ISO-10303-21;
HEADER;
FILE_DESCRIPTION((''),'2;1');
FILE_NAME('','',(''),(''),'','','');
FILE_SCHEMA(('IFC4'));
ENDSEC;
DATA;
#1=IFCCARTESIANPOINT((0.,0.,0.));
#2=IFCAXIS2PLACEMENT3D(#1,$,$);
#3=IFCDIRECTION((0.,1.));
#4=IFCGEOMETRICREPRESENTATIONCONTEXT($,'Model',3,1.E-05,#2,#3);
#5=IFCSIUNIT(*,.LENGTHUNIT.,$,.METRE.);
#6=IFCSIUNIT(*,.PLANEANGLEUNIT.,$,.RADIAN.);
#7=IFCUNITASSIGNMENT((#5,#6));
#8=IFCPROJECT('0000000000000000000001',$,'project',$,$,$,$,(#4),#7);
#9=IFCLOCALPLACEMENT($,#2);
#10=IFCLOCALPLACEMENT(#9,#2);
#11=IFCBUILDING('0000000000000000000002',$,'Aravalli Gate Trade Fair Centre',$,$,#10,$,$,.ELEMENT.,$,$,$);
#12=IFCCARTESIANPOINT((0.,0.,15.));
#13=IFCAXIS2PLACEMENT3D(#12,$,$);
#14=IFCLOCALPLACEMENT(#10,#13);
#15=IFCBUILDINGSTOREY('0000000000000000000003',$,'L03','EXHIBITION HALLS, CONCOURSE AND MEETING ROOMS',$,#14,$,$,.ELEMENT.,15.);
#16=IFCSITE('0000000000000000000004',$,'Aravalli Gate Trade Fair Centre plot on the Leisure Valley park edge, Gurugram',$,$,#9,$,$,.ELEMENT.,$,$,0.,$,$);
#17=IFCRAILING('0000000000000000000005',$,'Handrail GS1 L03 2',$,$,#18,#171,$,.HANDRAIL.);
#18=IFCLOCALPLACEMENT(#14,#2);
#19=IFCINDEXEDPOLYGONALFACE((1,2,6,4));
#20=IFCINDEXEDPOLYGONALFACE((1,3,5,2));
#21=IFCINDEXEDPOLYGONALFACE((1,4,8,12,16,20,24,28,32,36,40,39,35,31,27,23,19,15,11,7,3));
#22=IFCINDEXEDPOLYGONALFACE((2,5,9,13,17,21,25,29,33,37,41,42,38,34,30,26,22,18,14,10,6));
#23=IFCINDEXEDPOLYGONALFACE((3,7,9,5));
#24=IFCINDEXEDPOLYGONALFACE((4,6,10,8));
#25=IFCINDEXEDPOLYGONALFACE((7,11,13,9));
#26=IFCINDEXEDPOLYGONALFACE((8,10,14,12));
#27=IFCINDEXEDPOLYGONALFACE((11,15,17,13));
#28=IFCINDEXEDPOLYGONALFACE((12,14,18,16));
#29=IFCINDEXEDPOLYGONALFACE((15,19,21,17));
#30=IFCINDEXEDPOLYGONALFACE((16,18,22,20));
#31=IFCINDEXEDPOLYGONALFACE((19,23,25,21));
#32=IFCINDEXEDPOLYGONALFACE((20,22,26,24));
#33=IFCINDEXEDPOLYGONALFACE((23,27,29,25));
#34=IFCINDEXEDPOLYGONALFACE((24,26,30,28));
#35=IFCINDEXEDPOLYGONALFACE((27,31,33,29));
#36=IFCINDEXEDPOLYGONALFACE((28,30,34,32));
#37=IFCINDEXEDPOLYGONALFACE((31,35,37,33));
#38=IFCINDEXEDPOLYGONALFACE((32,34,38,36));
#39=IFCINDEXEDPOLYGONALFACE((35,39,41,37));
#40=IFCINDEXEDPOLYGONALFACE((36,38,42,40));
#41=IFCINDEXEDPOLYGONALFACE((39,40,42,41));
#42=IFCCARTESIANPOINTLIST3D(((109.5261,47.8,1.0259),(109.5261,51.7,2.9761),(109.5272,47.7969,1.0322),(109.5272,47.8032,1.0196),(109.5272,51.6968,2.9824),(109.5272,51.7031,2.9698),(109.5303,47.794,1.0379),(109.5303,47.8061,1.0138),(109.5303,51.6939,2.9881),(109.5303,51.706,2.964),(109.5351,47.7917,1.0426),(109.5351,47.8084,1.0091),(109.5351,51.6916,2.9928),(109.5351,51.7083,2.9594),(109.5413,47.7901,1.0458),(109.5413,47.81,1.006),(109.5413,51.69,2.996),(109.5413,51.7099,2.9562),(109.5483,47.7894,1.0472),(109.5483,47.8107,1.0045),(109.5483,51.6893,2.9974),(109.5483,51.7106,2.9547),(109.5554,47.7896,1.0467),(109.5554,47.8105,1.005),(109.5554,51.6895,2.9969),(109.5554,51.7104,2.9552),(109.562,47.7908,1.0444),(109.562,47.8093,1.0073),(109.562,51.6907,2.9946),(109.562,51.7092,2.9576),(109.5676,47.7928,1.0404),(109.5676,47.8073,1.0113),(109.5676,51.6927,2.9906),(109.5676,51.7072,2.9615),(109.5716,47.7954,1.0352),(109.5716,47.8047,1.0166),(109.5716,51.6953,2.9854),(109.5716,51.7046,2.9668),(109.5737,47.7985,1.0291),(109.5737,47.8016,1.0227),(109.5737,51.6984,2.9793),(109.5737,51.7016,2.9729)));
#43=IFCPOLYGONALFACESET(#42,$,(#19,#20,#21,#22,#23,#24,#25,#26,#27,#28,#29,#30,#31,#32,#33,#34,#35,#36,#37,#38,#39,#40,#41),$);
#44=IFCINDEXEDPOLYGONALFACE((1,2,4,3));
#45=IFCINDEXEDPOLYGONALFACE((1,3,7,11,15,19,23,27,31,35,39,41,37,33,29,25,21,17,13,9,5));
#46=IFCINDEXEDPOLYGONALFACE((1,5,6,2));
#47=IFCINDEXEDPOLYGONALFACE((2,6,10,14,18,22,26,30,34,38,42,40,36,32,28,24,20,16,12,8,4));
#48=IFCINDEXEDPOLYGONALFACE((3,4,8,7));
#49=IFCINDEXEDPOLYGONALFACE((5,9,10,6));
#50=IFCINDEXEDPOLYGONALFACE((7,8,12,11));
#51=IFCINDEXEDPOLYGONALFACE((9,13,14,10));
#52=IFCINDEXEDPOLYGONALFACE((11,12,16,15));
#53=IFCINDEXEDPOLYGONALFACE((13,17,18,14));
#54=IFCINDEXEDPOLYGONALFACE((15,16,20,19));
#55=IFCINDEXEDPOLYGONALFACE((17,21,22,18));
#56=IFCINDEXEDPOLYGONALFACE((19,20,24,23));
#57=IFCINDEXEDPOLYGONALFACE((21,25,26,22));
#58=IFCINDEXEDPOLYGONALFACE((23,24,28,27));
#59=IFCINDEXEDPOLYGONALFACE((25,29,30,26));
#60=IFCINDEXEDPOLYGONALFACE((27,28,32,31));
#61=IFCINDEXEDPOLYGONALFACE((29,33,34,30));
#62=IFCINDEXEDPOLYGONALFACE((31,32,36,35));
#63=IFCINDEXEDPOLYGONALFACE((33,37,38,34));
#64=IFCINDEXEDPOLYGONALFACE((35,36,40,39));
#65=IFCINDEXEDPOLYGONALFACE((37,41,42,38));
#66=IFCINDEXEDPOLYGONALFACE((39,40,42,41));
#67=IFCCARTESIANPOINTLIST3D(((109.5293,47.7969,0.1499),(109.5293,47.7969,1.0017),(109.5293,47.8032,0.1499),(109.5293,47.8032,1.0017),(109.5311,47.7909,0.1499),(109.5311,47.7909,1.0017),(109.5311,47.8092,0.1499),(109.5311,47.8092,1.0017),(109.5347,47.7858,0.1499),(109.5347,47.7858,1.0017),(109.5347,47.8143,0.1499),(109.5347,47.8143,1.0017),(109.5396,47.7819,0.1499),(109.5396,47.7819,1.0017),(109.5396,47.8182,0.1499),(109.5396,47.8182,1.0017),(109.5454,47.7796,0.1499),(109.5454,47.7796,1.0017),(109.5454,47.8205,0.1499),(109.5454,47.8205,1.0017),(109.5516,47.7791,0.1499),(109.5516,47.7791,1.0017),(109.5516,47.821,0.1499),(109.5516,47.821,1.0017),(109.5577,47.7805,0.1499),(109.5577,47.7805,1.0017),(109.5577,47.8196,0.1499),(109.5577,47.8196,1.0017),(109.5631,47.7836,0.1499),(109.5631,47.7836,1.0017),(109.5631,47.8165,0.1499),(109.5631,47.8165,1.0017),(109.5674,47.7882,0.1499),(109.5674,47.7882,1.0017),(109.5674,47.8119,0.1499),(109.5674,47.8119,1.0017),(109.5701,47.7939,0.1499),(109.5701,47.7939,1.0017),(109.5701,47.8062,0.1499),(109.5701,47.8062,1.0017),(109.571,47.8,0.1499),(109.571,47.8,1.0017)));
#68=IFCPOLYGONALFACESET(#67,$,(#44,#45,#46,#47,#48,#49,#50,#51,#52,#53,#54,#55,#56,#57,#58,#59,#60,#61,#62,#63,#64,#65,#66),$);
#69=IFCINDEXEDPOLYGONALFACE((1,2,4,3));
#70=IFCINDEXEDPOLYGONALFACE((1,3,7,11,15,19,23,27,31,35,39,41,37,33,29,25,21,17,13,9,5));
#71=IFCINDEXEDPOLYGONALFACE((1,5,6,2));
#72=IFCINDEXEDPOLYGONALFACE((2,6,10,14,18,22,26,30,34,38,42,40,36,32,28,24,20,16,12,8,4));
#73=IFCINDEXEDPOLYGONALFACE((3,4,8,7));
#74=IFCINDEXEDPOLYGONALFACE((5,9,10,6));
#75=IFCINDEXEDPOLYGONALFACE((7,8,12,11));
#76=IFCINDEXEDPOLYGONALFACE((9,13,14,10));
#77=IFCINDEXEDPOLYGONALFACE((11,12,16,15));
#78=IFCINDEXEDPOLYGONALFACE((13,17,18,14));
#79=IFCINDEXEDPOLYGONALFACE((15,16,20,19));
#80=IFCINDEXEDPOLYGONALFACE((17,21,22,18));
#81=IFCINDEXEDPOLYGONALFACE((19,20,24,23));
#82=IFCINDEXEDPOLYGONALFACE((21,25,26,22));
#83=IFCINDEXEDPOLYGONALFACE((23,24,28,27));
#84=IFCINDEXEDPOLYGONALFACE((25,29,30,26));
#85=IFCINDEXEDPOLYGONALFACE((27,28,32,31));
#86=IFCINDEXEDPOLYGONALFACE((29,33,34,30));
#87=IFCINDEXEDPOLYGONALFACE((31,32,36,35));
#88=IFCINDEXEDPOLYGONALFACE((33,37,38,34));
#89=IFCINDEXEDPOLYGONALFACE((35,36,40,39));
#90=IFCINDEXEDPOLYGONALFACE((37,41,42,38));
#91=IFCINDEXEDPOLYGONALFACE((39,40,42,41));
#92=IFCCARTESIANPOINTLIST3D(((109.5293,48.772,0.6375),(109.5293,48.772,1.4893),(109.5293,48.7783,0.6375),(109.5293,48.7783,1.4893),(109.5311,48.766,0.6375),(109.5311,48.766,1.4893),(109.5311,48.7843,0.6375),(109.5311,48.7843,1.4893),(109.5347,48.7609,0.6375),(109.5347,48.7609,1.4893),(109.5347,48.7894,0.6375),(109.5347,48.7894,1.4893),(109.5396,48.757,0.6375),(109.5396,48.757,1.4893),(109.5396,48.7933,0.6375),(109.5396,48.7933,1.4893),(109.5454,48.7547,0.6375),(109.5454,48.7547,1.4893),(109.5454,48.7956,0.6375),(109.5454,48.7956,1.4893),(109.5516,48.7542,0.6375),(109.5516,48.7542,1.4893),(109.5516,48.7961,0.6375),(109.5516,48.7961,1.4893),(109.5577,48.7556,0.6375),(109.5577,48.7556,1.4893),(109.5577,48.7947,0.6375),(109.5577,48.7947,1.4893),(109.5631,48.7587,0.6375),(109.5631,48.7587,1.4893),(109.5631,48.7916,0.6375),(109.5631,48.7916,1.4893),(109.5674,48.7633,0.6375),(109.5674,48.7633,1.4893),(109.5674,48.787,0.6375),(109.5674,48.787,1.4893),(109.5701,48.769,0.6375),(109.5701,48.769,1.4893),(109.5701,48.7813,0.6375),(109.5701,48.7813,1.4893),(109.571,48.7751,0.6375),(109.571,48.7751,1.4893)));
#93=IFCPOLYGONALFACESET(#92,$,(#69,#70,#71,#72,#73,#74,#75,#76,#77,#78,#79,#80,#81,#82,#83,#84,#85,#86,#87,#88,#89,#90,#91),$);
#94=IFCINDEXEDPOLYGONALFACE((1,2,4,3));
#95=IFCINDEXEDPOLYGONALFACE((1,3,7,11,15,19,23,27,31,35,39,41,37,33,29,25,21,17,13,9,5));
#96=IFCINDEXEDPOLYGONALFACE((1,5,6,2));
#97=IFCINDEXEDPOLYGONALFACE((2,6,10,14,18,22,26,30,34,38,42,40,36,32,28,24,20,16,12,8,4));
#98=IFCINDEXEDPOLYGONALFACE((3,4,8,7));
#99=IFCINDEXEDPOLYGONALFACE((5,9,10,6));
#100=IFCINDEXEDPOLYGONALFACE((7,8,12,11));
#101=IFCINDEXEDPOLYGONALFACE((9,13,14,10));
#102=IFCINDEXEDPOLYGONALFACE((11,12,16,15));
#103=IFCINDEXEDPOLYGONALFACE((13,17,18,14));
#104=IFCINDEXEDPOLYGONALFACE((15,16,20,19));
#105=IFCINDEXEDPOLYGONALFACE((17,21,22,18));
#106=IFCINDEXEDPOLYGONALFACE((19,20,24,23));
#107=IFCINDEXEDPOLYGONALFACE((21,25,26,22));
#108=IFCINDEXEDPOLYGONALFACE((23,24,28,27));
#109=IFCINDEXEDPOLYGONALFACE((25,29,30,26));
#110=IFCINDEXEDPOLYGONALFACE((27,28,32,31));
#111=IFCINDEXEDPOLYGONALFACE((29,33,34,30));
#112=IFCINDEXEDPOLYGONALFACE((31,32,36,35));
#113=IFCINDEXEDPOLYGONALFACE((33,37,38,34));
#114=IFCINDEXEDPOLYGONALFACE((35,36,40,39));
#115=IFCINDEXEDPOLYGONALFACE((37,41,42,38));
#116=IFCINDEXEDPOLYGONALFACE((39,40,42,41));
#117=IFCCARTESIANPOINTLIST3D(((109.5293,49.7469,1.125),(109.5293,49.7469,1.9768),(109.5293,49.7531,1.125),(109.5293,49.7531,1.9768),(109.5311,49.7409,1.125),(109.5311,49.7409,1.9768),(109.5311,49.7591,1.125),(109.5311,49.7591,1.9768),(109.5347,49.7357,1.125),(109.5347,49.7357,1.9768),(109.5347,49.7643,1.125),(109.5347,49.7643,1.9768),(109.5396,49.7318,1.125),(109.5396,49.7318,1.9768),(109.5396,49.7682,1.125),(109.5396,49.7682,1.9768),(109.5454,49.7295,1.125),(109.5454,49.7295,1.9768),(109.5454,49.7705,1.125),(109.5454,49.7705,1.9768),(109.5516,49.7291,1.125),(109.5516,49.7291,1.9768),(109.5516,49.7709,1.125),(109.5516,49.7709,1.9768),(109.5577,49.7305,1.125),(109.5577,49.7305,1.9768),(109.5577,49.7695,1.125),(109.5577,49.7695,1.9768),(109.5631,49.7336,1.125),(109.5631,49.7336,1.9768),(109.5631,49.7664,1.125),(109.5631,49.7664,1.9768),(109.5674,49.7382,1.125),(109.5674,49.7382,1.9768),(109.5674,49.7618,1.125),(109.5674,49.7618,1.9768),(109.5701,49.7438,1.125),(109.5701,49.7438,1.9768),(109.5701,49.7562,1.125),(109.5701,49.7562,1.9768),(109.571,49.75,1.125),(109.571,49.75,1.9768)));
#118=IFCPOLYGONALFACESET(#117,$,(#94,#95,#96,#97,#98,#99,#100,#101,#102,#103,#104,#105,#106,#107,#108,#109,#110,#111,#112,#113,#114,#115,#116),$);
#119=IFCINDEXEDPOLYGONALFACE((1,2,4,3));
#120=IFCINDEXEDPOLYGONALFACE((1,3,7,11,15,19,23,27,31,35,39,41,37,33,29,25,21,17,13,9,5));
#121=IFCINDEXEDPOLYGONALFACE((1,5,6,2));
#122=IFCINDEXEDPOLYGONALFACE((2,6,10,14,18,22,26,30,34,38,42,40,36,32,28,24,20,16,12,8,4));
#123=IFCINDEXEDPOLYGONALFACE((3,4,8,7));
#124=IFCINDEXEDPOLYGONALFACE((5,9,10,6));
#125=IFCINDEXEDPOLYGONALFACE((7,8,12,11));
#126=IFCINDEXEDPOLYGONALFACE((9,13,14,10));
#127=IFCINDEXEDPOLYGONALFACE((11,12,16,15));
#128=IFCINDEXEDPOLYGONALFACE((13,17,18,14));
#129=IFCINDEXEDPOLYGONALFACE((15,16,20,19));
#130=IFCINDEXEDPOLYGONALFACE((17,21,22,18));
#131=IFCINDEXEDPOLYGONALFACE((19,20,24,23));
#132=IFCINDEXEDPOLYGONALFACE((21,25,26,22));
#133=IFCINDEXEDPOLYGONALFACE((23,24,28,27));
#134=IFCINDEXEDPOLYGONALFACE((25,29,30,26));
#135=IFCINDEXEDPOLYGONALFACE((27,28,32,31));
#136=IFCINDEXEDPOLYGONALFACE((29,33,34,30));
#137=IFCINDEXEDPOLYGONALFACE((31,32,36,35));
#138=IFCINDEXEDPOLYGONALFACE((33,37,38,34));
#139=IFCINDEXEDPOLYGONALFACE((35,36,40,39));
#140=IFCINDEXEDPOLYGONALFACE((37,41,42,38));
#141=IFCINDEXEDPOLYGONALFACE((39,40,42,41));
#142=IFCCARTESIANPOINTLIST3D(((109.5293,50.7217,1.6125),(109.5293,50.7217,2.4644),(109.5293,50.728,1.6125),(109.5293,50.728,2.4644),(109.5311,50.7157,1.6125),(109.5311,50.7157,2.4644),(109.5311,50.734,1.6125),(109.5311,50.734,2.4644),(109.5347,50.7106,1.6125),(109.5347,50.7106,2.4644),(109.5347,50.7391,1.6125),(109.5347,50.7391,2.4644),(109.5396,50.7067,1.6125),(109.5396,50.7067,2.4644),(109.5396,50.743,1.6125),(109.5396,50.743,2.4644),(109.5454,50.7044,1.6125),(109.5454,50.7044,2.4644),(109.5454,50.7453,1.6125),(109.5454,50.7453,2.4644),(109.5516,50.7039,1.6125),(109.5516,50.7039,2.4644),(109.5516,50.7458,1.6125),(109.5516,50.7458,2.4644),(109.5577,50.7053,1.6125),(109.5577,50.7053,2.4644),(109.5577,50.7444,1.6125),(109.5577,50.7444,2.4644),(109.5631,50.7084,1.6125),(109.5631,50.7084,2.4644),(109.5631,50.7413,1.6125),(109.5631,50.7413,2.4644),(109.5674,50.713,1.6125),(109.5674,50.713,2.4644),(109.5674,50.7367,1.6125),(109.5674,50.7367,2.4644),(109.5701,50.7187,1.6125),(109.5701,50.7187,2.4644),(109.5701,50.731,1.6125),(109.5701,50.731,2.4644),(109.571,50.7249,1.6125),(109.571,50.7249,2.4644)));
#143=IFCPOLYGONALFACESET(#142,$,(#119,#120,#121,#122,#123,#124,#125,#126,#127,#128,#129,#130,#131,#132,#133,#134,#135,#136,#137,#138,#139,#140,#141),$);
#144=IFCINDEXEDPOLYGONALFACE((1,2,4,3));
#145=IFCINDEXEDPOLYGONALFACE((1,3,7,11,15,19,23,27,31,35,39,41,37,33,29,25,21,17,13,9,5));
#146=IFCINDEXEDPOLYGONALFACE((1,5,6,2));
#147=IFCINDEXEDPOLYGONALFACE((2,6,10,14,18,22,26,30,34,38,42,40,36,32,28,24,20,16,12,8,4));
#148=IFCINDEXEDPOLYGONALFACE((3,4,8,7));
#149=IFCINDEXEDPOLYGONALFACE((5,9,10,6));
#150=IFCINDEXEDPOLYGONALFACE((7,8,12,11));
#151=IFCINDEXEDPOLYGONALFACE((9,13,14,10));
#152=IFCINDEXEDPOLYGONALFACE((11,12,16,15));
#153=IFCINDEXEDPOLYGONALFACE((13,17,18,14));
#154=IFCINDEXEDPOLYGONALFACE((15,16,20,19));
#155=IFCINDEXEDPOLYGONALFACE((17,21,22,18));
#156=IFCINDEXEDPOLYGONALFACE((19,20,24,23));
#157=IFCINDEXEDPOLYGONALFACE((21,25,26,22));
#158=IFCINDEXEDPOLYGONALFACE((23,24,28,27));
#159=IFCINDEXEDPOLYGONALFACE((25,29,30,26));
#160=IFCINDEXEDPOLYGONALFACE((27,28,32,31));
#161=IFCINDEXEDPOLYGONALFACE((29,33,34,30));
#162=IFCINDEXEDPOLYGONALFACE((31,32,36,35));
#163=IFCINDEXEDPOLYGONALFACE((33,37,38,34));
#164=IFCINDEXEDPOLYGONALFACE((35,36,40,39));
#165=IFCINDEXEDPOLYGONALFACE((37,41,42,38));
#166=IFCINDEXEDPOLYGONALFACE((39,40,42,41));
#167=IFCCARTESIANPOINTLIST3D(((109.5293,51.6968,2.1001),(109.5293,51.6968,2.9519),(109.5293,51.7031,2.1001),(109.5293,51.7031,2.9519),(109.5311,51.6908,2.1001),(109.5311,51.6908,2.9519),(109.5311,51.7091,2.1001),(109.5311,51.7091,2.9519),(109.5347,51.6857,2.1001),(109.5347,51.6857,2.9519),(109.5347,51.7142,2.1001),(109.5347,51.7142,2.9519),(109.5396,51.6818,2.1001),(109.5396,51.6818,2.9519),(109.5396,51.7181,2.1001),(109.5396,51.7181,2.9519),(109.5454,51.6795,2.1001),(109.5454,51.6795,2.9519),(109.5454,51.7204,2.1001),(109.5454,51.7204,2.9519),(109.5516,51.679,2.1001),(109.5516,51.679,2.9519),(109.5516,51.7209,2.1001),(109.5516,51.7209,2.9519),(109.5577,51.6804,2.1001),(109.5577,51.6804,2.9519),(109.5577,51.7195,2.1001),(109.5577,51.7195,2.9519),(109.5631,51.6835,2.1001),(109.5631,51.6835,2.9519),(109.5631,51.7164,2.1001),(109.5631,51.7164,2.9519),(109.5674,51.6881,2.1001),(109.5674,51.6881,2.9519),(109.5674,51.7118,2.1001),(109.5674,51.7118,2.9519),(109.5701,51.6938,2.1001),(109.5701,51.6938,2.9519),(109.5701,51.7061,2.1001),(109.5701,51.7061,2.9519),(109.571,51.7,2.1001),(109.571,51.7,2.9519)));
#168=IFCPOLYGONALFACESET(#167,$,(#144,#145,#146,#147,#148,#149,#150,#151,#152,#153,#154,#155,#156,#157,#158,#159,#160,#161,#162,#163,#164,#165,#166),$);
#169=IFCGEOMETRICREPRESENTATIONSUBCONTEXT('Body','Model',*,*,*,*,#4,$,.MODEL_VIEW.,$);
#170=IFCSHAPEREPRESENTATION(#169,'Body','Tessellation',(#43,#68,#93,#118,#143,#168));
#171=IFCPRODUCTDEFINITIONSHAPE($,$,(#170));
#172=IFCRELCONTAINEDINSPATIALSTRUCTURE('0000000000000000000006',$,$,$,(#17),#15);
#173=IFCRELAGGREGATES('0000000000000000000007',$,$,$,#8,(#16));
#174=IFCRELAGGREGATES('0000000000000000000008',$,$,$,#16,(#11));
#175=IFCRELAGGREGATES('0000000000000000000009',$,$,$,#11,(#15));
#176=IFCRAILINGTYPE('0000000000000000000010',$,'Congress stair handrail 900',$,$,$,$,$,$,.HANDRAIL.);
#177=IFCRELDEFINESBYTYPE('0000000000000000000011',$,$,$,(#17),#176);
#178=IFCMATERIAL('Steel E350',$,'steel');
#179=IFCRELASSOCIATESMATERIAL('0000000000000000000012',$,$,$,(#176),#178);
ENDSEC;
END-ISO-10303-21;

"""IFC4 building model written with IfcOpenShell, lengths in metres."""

from ifc_helpers import new_model, si_unit, direction, frame, origin, origin_2d, place, context, subcontext, project, spatial, circle, extrude, material, type_object, element, save


model = new_model("IFC4")

# Units and contexts
model_context = context("Model", 3, precision=1e-05, world=origin(), true_north=direction((0.0, 1.0)))
body_context = subcontext(model_context, "Body", "Model", "MODEL_VIEW")
ifc_project = project(units=[si_unit("LENGTHUNIT", "METRE"), si_unit("PLANEANGLEUNIT", "RADIAN")], contexts=[model_context])

# Site, building, storey
site_placement = place(None, origin())
site = spatial("IfcSite", under=ifc_project, at=site_placement, Name="Aravalli Gate Trade Fair Centre plot on the Leisure Valley park edge, Gurugram", CompositionType="ELEMENT", RefElevation=0.0)
building_placement = place(site_placement, origin())
building = spatial("IfcBuilding", under=site, at=building_placement, Name="Aravalli Gate Trade Fair Centre", CompositionType="ELEMENT")
storey_placement = place(building_placement, frame((0.0, 0.0, 15.0)))
storey = spatial("IfcBuildingStorey", under=building, at=storey_placement, Name="L03", Description="EXHIBITION HALLS, CONCOURSE AND MEETING ROOMS", CompositionType="ELEMENT", Elevation=15.0)

# Railing
ifc_material_1 = material(Name="Steel E350", Category="steel")
railing_type_1 = type_object("IfcRailingType", Name="Congress stair handrail 900", PredefinedType="HANDRAIL", material=ifc_material_1)
for number, where, name in (
    (1, (109.55, 47.8, 0.1499), "Handrail GS1 L03 2"),
):
    element("IfcRailing", number, at=place(storey_placement, frame(where)), inside=storey, type_object=railing_type_1, Name=name, PredefinedType="HANDRAIL", context=body_context, shape_type="SweptSolid", body=[
        extrude(circle(Radius=0.0239, at=origin_2d()), frame((0.0, 0.0, 0.876), z_axis=(0.0, 0.894405, 0.447258), x_axis=(-1.0, 0.0, 0.0)), (0.0, 0.0, 1.0), 4.3604),
        extrude(circle(Radius=0.021, at=origin_2d()), origin(), (0.0, 0.0, 1.0), 0.8518),
        extrude(circle(Radius=0.021, at=origin_2d()), frame((0.0, 0.9751, 0.4875)), (0.0, 0.0, 1.0), 0.8518),
        extrude(circle(Radius=0.021, at=origin_2d()), frame((0.0, 1.95, 0.9751)), (0.0, 0.0, 1.0), 0.8518),
        extrude(circle(Radius=0.021, at=origin_2d()), frame((0.0, 2.9248, 1.4626)), (0.0, 0.0, 1.0), 0.8518),
        extrude(circle(Radius=0.021, at=origin_2d()), frame((0.0, 3.8999, 1.9502)), (0.0, 0.0, 1.0), 0.8518),
    ])

save(model, "model.ifc")
